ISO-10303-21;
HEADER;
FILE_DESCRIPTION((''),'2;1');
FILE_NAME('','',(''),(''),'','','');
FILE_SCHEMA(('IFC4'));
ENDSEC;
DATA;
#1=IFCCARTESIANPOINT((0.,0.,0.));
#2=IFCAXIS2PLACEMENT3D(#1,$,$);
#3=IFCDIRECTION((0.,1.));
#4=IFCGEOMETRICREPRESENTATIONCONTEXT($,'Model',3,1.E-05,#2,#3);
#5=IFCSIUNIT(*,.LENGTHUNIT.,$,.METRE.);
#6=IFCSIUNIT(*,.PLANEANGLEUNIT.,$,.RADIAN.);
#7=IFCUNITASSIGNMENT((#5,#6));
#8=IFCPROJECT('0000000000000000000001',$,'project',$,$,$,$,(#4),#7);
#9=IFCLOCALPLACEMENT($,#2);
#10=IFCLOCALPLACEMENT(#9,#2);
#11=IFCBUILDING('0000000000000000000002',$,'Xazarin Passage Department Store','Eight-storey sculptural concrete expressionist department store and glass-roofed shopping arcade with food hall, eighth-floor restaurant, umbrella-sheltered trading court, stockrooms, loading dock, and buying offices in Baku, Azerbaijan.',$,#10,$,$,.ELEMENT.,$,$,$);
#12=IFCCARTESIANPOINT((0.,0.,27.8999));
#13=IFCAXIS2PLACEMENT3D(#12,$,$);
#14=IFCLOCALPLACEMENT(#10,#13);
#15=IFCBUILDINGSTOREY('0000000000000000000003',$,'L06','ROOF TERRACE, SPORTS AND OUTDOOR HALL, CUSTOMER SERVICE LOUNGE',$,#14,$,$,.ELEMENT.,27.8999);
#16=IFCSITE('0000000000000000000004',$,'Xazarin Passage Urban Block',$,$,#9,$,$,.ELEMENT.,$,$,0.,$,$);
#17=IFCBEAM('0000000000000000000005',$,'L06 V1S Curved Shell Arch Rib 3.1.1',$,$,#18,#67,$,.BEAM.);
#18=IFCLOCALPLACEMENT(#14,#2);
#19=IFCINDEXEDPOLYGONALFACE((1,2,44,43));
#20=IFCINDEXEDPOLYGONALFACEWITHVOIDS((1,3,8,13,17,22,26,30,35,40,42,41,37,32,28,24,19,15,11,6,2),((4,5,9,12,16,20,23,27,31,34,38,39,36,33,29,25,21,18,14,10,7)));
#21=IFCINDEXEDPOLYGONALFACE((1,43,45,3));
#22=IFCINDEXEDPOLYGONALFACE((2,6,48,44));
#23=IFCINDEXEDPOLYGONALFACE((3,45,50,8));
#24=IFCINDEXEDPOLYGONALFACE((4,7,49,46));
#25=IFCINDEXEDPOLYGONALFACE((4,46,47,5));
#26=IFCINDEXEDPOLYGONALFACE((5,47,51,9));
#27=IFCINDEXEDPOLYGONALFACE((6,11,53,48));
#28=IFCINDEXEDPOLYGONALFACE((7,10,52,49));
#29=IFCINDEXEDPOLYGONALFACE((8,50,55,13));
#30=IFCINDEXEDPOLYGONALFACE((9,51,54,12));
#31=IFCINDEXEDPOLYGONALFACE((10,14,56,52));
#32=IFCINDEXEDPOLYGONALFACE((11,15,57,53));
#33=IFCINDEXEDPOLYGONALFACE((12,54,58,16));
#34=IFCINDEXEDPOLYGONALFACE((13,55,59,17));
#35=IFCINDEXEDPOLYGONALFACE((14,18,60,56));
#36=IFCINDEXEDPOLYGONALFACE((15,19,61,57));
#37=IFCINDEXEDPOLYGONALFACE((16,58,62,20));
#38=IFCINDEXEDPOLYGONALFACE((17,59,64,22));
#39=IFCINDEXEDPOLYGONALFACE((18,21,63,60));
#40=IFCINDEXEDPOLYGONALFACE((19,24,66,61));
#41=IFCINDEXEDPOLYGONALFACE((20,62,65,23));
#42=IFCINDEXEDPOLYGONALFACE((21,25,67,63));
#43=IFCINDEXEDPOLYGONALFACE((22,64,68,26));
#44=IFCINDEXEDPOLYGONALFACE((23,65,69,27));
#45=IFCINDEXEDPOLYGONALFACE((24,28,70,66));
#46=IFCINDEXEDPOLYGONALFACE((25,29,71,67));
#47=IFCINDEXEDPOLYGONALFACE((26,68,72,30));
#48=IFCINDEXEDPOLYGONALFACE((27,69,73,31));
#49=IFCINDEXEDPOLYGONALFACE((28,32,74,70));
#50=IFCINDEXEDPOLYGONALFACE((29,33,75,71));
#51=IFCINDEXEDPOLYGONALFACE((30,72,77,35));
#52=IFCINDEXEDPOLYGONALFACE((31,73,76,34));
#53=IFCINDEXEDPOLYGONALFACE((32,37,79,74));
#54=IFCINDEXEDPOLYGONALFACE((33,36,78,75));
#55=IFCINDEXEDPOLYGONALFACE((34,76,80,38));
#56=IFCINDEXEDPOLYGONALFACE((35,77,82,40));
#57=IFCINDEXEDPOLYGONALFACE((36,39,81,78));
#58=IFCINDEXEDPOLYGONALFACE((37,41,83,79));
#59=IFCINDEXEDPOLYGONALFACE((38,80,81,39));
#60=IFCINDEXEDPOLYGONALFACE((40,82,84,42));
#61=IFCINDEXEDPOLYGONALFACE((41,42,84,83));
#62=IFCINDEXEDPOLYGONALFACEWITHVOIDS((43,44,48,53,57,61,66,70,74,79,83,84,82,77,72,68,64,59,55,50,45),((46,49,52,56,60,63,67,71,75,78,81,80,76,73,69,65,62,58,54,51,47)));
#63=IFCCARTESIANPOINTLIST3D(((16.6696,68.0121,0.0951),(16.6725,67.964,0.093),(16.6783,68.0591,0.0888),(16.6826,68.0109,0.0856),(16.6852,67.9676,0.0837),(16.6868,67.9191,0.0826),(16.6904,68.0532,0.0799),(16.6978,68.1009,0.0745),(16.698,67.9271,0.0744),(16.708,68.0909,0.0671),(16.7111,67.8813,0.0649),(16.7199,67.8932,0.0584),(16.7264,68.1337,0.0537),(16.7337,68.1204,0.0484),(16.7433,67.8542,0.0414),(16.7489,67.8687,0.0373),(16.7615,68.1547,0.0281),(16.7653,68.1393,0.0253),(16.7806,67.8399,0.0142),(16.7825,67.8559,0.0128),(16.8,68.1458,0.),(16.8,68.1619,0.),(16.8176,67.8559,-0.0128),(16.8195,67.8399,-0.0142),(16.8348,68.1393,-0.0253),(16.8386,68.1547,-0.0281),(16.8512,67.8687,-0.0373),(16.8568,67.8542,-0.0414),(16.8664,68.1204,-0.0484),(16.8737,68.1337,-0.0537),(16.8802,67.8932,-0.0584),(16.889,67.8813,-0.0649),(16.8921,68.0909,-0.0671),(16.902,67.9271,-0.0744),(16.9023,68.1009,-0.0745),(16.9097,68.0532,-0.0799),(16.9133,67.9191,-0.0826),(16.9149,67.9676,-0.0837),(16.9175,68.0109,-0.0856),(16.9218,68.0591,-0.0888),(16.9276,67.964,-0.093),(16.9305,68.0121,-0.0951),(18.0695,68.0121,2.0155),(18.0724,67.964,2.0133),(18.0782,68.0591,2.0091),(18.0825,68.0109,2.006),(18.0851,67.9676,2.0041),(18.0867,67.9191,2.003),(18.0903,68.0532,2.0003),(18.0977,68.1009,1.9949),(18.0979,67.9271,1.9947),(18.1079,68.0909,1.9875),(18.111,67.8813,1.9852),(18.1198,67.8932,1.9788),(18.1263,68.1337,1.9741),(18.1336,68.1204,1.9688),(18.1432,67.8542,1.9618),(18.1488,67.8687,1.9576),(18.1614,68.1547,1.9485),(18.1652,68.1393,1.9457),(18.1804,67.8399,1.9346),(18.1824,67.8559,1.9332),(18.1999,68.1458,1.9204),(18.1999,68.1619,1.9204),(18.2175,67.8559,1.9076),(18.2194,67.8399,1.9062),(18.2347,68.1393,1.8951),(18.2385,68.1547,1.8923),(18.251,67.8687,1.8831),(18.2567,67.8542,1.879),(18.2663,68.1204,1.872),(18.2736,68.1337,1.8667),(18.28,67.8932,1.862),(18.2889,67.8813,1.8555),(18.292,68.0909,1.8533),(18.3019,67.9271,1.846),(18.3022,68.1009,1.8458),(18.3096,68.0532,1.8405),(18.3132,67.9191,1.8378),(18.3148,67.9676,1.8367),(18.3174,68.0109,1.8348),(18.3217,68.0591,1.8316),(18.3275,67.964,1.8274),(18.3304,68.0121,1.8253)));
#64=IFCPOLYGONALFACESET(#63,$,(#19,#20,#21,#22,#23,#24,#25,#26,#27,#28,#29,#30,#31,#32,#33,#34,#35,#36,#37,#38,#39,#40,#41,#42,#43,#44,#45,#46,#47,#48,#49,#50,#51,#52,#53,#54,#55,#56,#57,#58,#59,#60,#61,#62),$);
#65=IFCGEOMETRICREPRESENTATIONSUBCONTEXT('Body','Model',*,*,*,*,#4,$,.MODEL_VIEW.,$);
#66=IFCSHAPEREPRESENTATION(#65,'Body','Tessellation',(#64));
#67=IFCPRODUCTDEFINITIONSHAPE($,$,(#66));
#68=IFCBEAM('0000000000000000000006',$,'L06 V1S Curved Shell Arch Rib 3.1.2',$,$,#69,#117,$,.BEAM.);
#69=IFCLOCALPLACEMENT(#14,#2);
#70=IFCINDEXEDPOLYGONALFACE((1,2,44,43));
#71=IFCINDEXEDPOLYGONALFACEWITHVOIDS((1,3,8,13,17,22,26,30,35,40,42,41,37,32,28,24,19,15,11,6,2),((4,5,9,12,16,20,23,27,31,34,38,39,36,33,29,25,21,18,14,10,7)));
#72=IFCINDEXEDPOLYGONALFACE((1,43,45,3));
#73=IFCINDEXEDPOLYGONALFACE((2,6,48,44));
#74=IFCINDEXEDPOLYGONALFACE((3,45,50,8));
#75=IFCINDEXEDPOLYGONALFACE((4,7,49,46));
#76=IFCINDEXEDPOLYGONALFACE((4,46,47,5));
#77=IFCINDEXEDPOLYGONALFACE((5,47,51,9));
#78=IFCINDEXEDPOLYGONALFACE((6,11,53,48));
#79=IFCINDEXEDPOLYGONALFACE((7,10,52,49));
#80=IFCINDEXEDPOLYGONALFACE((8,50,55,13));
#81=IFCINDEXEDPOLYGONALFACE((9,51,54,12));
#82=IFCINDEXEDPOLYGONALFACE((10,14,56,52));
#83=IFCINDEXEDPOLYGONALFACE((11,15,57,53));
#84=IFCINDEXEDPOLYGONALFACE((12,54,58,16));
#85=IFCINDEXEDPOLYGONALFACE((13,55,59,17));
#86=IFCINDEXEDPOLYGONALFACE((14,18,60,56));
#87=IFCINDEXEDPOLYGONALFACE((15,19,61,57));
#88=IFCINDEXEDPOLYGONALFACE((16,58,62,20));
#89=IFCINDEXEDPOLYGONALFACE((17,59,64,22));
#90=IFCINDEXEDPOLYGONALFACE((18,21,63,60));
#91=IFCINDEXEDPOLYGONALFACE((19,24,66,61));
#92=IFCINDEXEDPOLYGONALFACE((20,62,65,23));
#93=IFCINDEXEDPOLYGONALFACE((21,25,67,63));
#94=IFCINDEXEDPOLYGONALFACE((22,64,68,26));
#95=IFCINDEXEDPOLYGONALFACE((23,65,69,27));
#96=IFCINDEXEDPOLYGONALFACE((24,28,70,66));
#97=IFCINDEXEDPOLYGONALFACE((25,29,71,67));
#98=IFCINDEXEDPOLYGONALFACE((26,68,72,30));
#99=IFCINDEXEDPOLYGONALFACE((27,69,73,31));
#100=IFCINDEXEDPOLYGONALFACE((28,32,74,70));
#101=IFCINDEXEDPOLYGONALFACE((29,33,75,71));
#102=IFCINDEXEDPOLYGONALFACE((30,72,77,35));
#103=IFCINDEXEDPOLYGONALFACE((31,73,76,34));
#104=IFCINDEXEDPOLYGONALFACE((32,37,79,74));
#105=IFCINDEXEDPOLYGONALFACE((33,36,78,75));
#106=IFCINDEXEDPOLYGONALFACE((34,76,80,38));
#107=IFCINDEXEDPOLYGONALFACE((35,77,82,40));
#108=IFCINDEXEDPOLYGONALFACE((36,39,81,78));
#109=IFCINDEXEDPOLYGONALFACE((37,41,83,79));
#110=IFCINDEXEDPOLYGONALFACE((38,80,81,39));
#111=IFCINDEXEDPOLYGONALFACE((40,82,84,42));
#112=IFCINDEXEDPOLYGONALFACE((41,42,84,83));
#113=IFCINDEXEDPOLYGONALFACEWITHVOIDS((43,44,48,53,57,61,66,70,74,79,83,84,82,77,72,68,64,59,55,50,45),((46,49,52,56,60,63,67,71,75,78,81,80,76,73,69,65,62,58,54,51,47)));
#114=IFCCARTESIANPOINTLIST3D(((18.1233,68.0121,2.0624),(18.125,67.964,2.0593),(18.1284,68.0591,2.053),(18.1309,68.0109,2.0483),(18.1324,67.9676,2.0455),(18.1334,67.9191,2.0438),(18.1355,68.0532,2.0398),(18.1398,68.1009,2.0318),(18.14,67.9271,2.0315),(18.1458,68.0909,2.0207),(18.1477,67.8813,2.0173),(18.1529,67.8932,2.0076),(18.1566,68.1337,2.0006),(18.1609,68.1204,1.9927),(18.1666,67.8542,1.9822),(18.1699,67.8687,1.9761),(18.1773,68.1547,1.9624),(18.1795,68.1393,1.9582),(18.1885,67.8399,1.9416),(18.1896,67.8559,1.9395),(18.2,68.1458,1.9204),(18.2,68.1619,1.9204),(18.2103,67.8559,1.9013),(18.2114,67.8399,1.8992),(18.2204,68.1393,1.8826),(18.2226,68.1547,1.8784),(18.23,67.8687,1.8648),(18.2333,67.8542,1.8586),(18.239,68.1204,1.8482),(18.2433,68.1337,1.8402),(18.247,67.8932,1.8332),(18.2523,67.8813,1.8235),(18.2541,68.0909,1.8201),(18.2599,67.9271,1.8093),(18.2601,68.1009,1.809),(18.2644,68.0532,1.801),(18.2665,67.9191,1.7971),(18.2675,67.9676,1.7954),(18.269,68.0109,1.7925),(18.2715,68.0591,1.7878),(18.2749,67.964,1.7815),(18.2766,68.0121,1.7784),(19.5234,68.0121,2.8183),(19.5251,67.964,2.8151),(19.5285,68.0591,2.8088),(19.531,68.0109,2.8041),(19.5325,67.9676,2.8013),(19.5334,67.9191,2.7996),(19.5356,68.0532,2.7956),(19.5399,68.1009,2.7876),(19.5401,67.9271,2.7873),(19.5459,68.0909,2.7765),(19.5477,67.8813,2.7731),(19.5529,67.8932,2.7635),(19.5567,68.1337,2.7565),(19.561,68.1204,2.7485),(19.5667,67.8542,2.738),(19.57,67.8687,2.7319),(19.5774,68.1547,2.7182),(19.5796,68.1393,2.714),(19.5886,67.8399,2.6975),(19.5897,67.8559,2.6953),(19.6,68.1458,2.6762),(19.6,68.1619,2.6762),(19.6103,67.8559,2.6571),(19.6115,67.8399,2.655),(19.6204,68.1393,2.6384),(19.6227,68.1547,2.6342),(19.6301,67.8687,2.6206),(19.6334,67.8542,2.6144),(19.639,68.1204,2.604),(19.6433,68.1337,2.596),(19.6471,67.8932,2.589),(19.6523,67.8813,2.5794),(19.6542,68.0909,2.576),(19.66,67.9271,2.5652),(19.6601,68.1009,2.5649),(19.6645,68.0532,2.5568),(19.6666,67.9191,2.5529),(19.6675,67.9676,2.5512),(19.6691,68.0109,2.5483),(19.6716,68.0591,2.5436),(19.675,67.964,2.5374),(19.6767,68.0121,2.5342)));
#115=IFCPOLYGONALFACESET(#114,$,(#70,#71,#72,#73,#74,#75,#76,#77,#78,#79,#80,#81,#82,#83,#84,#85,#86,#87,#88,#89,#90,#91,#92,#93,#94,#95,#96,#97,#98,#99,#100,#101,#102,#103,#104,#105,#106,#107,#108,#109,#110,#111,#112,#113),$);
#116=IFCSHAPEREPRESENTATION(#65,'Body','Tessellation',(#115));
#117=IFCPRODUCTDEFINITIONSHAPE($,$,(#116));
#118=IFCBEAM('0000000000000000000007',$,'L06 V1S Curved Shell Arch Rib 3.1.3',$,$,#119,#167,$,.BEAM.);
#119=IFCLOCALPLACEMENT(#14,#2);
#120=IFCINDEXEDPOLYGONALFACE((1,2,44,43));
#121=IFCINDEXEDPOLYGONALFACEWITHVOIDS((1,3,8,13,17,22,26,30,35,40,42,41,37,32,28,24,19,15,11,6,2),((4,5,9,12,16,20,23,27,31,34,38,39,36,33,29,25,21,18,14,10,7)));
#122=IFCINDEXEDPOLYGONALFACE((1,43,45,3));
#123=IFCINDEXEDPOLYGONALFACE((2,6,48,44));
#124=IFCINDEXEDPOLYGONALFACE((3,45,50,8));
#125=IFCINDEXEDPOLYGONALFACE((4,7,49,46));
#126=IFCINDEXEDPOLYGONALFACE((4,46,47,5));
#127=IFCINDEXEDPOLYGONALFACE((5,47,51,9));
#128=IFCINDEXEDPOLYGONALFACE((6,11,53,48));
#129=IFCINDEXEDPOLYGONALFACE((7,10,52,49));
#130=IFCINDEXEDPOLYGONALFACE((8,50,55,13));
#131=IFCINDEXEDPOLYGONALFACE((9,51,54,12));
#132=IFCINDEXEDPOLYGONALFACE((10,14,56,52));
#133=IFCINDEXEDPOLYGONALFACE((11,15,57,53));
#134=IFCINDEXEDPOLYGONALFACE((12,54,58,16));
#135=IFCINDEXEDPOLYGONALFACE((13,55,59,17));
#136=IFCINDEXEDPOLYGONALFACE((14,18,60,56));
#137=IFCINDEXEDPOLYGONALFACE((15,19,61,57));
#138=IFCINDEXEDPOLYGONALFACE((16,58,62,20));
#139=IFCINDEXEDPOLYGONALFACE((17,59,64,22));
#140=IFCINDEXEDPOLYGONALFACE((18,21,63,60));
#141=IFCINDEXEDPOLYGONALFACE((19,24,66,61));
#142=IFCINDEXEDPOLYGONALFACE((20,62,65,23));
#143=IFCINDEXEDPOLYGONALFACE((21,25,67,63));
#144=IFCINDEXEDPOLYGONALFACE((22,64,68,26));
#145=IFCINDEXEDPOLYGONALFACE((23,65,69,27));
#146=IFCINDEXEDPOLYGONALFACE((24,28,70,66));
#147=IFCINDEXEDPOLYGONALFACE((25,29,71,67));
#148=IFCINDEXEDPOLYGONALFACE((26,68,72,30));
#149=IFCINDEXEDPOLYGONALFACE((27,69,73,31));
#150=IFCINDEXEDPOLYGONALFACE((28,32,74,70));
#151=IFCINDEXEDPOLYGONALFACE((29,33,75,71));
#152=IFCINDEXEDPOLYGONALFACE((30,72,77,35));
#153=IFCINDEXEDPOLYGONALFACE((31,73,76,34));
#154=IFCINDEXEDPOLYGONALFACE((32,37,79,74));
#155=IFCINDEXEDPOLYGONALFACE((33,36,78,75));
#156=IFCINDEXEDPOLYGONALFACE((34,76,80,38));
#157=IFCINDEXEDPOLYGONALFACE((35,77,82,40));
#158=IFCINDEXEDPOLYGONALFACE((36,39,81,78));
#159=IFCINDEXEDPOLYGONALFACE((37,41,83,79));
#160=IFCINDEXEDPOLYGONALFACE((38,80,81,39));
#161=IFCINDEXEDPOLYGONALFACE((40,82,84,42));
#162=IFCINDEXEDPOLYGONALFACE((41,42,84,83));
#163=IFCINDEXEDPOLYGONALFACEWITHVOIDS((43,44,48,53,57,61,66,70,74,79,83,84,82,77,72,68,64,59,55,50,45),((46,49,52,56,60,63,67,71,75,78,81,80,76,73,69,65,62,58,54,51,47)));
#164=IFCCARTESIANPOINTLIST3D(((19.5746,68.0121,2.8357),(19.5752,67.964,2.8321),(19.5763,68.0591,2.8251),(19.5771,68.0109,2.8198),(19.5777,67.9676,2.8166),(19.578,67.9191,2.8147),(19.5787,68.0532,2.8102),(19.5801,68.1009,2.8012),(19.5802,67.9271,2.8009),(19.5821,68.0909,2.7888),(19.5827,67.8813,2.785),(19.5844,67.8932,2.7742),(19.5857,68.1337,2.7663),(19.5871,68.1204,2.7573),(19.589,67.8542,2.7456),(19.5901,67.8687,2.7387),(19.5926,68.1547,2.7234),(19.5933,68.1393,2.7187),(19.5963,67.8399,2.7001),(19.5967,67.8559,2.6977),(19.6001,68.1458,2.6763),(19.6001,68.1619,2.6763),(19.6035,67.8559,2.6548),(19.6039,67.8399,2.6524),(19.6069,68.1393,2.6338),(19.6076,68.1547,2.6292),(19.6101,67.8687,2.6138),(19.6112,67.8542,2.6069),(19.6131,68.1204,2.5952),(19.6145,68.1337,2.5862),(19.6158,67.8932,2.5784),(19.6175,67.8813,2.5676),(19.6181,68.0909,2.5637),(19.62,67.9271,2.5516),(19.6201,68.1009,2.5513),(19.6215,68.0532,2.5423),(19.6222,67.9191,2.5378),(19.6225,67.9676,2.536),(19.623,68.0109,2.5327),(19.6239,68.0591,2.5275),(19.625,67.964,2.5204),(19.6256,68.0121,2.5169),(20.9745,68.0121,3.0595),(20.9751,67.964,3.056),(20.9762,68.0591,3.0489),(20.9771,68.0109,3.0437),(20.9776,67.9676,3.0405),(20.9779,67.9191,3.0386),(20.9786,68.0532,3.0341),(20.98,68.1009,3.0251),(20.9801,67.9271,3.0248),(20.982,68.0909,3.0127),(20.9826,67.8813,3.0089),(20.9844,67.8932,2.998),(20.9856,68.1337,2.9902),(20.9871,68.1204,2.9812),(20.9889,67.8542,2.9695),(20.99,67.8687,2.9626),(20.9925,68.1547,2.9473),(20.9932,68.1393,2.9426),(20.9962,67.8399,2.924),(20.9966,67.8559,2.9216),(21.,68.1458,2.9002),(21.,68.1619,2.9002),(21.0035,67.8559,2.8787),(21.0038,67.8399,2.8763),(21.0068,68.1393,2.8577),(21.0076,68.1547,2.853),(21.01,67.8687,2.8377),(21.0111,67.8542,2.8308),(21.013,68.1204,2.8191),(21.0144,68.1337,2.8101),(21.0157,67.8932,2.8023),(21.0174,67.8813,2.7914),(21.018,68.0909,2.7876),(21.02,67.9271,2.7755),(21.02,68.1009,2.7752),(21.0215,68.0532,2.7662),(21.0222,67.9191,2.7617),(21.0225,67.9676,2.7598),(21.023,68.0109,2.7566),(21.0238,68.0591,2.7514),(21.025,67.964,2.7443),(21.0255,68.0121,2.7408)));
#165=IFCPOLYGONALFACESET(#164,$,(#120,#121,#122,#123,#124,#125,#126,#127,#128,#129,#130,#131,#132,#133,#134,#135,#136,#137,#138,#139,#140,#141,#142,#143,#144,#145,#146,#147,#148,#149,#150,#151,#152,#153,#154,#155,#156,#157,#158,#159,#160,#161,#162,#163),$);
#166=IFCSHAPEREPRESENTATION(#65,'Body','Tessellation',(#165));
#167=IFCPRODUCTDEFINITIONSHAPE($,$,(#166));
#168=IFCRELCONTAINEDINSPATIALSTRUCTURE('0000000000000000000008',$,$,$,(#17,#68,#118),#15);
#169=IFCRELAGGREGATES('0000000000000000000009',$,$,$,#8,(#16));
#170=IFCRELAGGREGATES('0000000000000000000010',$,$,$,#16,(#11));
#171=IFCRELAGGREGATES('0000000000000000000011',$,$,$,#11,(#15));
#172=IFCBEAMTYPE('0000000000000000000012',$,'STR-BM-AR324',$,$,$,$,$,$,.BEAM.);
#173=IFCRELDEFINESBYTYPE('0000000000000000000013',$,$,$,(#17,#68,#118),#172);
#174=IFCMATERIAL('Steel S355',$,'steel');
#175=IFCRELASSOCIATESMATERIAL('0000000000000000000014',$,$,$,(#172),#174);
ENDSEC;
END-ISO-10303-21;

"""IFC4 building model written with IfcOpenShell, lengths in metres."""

from ifc_helpers import new_model, si_unit, direction, frame, origin, origin_2d, place, context, subcontext, project, spatial, hollow_circle, extrude, material, material_profile, profile_set, type_object, element, save


model = new_model("IFC4")

# Units and contexts
model_context = context("Model", 3, precision=1e-05, world=origin(), true_north=direction((0.0, 1.0)))
body_context = subcontext(model_context, "Body", "Model", "MODEL_VIEW")
ifc_project = project(units=[si_unit("LENGTHUNIT", "METRE"), si_unit("PLANEANGLEUNIT", "RADIAN")], contexts=[model_context])

# Site, building, storey
site_placement = place(None, origin())
site = spatial("IfcSite", under=ifc_project, at=site_placement, Name="Xazarin Passage Urban Block", CompositionType="ELEMENT", RefElevation=0.0)
building_placement = place(site_placement, origin())
building = spatial("IfcBuilding", under=site, at=building_placement, Name="Xazarin Passage Department Store", Description="Eight-storey sculptural concrete expressionist department store and glass-roofed shopping arcade with food hall, eighth-floor restaurant, umbrella-sheltered trading court, stockrooms, loading dock, and buying offices in Baku, Azerbaijan.", CompositionType="ELEMENT")
storey_placement = place(building_placement, frame((0.0, 0.0, 27.8999)))
storey = spatial("IfcBuildingStorey", under=building, at=storey_placement, Name="L06", Description="ROOF TERRACE, SPORTS AND OUTDOOR HALL, CUSTOMER SERVICE LOUNGE", CompositionType="ELEMENT", Elevation=27.8999)

# Beams
ifc_material_1 = material(Name="Steel S355", Category="steel")
ifc_material_profile_1 = material_profile(ifc_material_1, hollow_circle(Radius=0.1619, WallThickness=0.0161, at=origin_2d()), Name="CHS 323.9x16")
ifc_profile_set_1 = profile_set([ifc_material_profile_1], Name="Steel S355")
beam_type_1 = type_object("IfcBeamType", Name="STR-BM-AR324", PredefinedType="BEAM", material=ifc_profile_set_1)
beam_1_placement = place(storey_placement, frame((16.8, 68.0, 0.0), z_axis=(0.589063, 0.0, 0.808087), x_axis=(0.0, 1.0, 0.0)))
element("IfcBeam", 1, at=beam_1_placement, inside=storey, type_object=beam_type_1, Name="L06 V1S Curved Shell Arch Rib 3.1.1", PredefinedType="BEAM", context=body_context, shape_type="SweptSolid", body=[
    extrude(hollow_circle(Radius=0.1619, WallThickness=0.0161, at=origin_2d()), origin(), (0.0, 0.0, 1.0), 2.3765),
])
beam_2_placement = place(storey_placement, frame((18.2, 68.0, 1.9204), z_axis=(0.879963, 0.0, 0.475042), x_axis=(0.0, 1.0, 0.0)))
element("IfcBeam", 2, at=beam_2_placement, inside=storey, type_object=beam_type_1, Name="L06 V1S Curved Shell Arch Rib 3.1.2", PredefinedType="BEAM", context=body_context, shape_type="SweptSolid", body=[
    extrude(hollow_circle(Radius=0.1619, WallThickness=0.0161, at=origin_2d()), origin(), (0.0, 0.0, 1.0), 1.5911),
])
for number, where, z_axis, x_axis, name in (
    (3, (19.6001, 68.0, 2.6763), (0.987452, 0.0, 0.157917), (0.0, 1.0, 0.0), "L06 V1S Curved Shell Arch Rib 3.1.3"),
):
    element("IfcBeam", number, at=place(storey_placement, frame(where, z_axis=z_axis, x_axis=x_axis)), inside=storey, type_object=beam_type_1, Name=name, PredefinedType="BEAM", context=body_context, shape_type="SweptSolid", body=[
        extrude(hollow_circle(Radius=0.1619, WallThickness=0.0161, at=origin_2d()), origin(), (0.0, 0.0, 1.0), 1.4177),
    ])

save(model, "model.ifc")
